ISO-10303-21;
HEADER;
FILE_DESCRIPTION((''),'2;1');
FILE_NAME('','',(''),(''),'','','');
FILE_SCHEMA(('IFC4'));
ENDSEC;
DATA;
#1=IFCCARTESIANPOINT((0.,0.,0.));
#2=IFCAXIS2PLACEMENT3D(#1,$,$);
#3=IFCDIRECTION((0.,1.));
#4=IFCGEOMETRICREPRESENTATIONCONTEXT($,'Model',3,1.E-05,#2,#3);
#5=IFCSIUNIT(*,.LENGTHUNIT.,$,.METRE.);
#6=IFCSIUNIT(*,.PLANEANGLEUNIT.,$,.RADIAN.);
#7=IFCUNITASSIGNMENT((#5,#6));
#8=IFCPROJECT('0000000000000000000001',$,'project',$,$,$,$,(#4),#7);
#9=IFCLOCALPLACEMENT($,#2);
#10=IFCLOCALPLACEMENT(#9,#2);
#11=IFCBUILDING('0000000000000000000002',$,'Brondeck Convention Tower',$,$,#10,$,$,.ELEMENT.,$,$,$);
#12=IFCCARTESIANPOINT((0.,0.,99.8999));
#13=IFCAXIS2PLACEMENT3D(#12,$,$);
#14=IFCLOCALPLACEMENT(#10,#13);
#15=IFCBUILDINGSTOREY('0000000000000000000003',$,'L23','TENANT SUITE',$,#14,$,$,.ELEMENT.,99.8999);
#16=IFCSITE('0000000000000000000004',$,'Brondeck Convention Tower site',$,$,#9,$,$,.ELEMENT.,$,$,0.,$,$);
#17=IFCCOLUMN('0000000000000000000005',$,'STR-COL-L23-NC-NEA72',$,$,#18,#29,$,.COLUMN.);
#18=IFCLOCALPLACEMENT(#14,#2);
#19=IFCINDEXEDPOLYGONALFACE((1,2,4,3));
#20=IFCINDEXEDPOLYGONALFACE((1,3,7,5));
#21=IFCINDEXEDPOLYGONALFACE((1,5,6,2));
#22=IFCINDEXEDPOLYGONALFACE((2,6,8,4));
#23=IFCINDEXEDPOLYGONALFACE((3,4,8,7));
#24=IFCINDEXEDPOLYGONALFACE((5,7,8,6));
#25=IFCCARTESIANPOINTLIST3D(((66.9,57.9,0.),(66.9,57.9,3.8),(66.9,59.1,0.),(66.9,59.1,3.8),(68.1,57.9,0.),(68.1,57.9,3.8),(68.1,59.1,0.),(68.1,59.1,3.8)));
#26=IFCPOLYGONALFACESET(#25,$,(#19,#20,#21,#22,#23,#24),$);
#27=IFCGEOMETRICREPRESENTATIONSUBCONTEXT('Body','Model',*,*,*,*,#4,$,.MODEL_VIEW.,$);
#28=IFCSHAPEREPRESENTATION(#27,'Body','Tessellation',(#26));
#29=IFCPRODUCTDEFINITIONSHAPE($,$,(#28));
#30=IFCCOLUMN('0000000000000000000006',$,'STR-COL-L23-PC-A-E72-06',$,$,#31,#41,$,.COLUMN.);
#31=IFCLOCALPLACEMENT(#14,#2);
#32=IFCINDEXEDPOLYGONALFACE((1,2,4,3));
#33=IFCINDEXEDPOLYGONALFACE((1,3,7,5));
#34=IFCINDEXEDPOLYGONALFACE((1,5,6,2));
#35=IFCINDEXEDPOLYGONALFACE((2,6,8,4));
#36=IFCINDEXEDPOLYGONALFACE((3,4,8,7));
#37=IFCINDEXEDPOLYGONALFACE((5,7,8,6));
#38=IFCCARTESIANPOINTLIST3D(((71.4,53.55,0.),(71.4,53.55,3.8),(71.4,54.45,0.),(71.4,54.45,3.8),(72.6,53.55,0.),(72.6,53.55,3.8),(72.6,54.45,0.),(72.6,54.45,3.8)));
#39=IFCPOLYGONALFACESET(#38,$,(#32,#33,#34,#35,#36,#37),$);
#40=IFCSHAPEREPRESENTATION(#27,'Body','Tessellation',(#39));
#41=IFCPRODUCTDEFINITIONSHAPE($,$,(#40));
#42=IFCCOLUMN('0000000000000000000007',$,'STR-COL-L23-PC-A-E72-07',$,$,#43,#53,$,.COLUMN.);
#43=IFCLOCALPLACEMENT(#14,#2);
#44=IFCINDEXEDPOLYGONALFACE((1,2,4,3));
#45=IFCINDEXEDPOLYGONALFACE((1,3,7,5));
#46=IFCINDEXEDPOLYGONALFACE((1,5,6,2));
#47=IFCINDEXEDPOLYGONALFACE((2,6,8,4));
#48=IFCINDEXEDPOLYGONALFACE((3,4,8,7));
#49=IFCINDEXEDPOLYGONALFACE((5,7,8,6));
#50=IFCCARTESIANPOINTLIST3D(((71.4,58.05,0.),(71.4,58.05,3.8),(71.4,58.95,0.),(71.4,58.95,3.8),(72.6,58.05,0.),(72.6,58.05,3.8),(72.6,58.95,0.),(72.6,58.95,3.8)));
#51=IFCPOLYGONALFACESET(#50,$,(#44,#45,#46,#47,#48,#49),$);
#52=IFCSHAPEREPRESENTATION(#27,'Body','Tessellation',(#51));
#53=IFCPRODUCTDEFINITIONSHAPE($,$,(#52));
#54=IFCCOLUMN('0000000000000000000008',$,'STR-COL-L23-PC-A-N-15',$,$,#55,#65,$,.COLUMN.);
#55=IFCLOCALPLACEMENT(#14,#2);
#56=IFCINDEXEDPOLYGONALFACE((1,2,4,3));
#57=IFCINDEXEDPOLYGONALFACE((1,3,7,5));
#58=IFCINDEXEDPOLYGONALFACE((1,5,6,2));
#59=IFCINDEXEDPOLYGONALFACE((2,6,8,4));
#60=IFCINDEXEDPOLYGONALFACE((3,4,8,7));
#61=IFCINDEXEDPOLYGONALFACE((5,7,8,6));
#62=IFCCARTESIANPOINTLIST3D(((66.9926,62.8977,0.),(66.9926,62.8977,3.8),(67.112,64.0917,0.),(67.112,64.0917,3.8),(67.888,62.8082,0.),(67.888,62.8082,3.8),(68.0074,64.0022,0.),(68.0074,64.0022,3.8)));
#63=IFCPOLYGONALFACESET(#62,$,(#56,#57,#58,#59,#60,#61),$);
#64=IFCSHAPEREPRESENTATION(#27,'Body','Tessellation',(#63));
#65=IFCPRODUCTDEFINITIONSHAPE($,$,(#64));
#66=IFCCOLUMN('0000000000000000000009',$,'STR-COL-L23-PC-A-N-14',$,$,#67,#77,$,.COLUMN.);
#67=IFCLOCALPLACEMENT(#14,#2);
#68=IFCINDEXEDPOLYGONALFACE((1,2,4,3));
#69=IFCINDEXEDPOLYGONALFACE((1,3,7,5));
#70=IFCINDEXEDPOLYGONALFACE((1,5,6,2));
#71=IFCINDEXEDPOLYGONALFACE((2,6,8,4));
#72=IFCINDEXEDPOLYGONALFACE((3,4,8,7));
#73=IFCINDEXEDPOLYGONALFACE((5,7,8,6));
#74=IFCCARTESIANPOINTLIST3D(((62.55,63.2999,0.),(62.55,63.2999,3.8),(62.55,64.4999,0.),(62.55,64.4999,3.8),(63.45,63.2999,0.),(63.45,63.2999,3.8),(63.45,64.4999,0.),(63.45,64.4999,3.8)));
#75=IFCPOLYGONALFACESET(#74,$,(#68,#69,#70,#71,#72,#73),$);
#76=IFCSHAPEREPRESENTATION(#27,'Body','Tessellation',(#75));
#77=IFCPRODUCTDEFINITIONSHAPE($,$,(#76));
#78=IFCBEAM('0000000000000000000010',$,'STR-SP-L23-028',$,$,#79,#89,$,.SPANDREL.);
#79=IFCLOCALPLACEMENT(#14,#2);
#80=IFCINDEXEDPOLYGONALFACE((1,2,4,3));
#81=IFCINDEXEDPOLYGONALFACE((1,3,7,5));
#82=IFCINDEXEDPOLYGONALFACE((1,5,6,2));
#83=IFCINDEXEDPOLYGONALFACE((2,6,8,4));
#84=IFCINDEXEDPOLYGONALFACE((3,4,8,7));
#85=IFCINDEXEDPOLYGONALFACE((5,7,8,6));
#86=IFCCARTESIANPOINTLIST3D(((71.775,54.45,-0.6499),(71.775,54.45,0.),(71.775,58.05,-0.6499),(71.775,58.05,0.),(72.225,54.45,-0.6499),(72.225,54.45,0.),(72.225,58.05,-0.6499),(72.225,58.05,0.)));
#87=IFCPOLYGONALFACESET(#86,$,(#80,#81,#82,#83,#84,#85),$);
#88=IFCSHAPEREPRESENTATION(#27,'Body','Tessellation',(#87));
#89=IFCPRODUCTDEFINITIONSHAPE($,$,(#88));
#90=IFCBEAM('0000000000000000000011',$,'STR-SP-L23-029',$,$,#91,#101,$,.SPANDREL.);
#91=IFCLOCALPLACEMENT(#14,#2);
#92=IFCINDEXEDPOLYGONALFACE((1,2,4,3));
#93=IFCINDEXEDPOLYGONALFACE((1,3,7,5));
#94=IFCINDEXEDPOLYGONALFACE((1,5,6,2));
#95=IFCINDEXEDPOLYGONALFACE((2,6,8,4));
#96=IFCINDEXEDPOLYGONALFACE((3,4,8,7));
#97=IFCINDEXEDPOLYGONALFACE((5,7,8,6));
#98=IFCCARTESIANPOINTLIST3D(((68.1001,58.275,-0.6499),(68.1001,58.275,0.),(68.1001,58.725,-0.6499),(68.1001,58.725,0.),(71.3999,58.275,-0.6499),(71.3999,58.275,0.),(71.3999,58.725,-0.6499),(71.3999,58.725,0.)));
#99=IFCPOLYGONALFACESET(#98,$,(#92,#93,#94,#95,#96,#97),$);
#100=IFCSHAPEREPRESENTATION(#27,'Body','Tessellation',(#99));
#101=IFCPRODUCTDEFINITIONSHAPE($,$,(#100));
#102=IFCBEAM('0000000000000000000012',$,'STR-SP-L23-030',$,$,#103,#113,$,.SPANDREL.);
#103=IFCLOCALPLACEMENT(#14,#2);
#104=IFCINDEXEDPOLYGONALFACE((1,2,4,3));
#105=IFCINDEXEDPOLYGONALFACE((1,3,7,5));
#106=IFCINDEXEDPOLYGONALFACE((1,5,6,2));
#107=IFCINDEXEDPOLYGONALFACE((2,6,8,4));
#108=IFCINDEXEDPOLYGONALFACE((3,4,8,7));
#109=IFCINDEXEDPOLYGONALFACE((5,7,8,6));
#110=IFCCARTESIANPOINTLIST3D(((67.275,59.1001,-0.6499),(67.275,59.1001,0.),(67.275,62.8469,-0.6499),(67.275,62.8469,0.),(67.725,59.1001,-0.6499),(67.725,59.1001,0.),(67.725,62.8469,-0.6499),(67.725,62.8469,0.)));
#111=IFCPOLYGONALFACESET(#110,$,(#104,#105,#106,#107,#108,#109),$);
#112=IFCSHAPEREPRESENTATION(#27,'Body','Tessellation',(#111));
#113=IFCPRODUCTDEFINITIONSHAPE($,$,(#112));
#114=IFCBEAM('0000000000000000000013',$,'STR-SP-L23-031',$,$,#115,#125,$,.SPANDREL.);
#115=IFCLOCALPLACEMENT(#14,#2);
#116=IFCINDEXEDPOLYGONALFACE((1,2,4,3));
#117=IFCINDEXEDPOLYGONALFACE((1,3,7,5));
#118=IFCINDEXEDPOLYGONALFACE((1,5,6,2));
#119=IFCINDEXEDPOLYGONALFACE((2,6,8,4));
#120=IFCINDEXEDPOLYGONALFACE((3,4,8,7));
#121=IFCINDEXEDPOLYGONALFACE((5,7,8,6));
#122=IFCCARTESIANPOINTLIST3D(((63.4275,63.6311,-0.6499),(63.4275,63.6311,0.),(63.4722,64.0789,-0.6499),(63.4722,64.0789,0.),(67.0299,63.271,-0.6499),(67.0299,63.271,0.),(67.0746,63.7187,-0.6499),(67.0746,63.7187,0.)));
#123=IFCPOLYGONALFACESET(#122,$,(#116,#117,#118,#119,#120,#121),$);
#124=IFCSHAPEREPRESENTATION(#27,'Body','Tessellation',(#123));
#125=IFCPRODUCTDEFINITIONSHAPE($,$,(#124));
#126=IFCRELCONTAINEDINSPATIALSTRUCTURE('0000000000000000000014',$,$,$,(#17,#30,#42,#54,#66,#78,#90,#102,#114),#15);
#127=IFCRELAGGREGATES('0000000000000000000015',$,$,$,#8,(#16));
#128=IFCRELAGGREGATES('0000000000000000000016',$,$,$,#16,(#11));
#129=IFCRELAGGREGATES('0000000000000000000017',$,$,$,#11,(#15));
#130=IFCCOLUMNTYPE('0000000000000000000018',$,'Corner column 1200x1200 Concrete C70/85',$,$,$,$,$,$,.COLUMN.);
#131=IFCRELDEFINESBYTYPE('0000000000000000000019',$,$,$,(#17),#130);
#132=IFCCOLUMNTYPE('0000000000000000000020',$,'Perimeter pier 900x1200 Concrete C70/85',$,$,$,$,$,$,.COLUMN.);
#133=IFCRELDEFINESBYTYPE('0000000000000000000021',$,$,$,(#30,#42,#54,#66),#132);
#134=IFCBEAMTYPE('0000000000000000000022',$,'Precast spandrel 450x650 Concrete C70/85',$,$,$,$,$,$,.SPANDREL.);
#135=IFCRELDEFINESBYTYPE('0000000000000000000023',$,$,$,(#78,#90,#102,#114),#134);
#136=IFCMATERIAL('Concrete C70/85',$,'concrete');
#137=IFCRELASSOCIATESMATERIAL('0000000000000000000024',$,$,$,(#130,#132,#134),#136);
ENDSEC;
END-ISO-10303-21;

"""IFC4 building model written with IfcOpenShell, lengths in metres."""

from ifc_helpers import new_model, si_unit, direction, frame, origin, origin_2d, place, context, subcontext, project, spatial, rectangle, extrude, material, material_profile, profile_set, type_object, element, save


model = new_model("IFC4")

# Units and contexts
model_context = context("Model", 3, precision=1e-05, world=origin(), true_north=direction((0.0, 1.0)))
body_context = subcontext(model_context, "Body", "Model", "MODEL_VIEW")
ifc_project = project(units=[si_unit("LENGTHUNIT", "METRE"), si_unit("PLANEANGLEUNIT", "RADIAN")], contexts=[model_context])

# Site, building, storey
site_placement = place(None, origin())
site = spatial("IfcSite", under=ifc_project, at=site_placement, Name="Brondeck Convention Tower site", CompositionType="ELEMENT", RefElevation=0.0)
building_placement = place(site_placement, origin())
building = spatial("IfcBuilding", under=site, at=building_placement, Name="Brondeck Convention Tower", CompositionType="ELEMENT")
storey_placement = place(building_placement, frame((0.0, 0.0, 99.8999)))
storey = spatial("IfcBuildingStorey", under=building, at=storey_placement, Name="L23", Description="TENANT SUITE", CompositionType="ELEMENT", Elevation=99.8999)

# Columns
ifc_material_1 = material(Name="Concrete C70/85", Category="concrete")
ifc_material_profile_1 = material_profile(ifc_material_1, rectangle(XDim=1.2, YDim=1.2, at=origin_2d()), Name="Corner column 1200x1200 Concrete C70/85")
ifc_profile_set_1 = profile_set([ifc_material_profile_1], Name="Concrete C70/85")
column_type_1 = type_object("IfcColumnType", Name="Corner column 1200x1200 Concrete C70/85", PredefinedType="COLUMN", material=ifc_profile_set_1)
column_placement = place(storey_placement, frame((67.5, 58.5, 0.0), z_axis=(0.0, 0.0, 1.0), x_axis=(1.0, 0.0, 0.0)))
element("IfcColumn", 1, at=column_placement, inside=storey, type_object=column_type_1, Name="STR-COL-L23-NC-NEA72", PredefinedType="COLUMN", context=body_context, shape_type="SweptSolid", body=[
    extrude(rectangle(XDim=1.2, YDim=1.2, at=origin_2d()), origin(), (0.0, 0.0, 1.0), 3.8),
])
ifc_material_profile_2 = material_profile(ifc_material_1, rectangle(XDim=0.8999, YDim=1.2, at=origin_2d()), Name="Perimeter pier 900x1200 Concrete C70/85")
ifc_profile_set_2 = profile_set([ifc_material_profile_2], Name="Concrete C70/85")
column_type_2 = type_object("IfcColumnType", Name="Perimeter pier 900x1200 Concrete C70/85", PredefinedType="COLUMN", material=ifc_profile_set_2)
for number, where, z_axis, x_axis, name in (
    (2, (72.0, 54.0, 0.0), (0.0, 0.0, 1.0), (0.0, 1.0, 0.0), "STR-COL-L23-PC-A-E72-06"),
    (3, (72.0, 58.5, 0.0), (0.0, 0.0, 1.0), (0.0, 1.0, 0.0), "STR-COL-L23-PC-A-E72-07"),
    (4, (67.5, 63.45, 0.0), (0.0, 0.0, 1.0), (-0.995037, 0.099504, 0.0), "STR-COL-L23-PC-A-N-15"),
    (5, (63.0, 63.8999, 0.0), (0.0, 0.0, 1.0), (-1.0, 0.0, 0.0), "STR-COL-L23-PC-A-N-14"),
):
    element("IfcColumn", number, at=place(storey_placement, frame(where, z_axis=z_axis, x_axis=x_axis)), inside=storey, type_object=column_type_2, Name=name, PredefinedType="COLUMN", context=body_context, shape_type="SweptSolid", body=[
        extrude(rectangle(XDim=0.8999, YDim=1.2, at=origin_2d()), origin(), (0.0, 0.0, 1.0), 3.8),
    ])

# Beams
ifc_material_profile_3 = material_profile(ifc_material_1, rectangle(XDim=0.45, YDim=0.6499, at=origin_2d()), Name="Precast spandrel 450x650 Concrete C70/85")
ifc_profile_set_3 = profile_set([ifc_material_profile_3], Name="Concrete C70/85")
beam_type = type_object("IfcBeamType", Name="Precast spandrel 450x650 Concrete C70/85", PredefinedType="SPANDREL", material=ifc_profile_set_3)
beam_1_placement = place(storey_placement, frame((72.0, 54.45, -0.325), z_axis=(0.0, 1.0, 0.0), x_axis=(-1.0, 0.0, 0.0)))
element("IfcBeam", 6, at=beam_1_placement, inside=storey, type_object=beam_type, Name="STR-SP-L23-028", PredefinedType="SPANDREL", context=body_context, shape_type="SweptSolid", body=[
    extrude(rectangle(XDim=0.45, YDim=0.6499, at=origin_2d()), origin(), (0.0, 0.0, 1.0), 3.6001),
])
beam_2_placement = place(storey_placement, frame((71.3999, 58.5, -0.325), z_axis=(-1.0, 0.0, 0.0), x_axis=(0.0, -1.0, 0.0)))
element("IfcBeam", 7, at=beam_2_placement, inside=storey, type_object=beam_type, Name="STR-SP-L23-029", PredefinedType="SPANDREL", context=body_context, shape_type="SweptSolid", body=[
    extrude(rectangle(XDim=0.45, YDim=0.6499, at=origin_2d()), origin(), (0.0, 0.0, 1.0), 3.2998),
])
beam_3_placement = place(storey_placement, frame((67.5, 59.1001, -0.325), z_axis=(0.0, 1.0, 0.0), x_axis=(-1.0, 0.0, 0.0)))
element("IfcBeam", 8, at=beam_3_placement, inside=storey, type_object=beam_type, Name="STR-SP-L23-030", PredefinedType="SPANDREL", context=body_context, shape_type="SweptSolid", body=[
    extrude(rectangle(XDim=0.45, YDim=0.6499, at=origin_2d()), origin(), (0.0, 0.0, 1.0), 3.7468),
])
beam_4_placement = place(storey_placement, frame((67.0522, 63.4949, -0.325), z_axis=(-0.995041, 0.09947, 0.0), x_axis=(-0.09947, -0.995041, 0.0)))
element("IfcBeam", 9, at=beam_4_placement, inside=storey, type_object=beam_type, Name="STR-SP-L23-031", PredefinedType="SPANDREL", context=body_context, shape_type="SweptSolid", body=[
    extrude(rectangle(XDim=0.45, YDim=0.6499, at=origin_2d()), origin(), (0.0, 0.0, 1.0), 3.6204),
])

save(model, "model.ifc")
